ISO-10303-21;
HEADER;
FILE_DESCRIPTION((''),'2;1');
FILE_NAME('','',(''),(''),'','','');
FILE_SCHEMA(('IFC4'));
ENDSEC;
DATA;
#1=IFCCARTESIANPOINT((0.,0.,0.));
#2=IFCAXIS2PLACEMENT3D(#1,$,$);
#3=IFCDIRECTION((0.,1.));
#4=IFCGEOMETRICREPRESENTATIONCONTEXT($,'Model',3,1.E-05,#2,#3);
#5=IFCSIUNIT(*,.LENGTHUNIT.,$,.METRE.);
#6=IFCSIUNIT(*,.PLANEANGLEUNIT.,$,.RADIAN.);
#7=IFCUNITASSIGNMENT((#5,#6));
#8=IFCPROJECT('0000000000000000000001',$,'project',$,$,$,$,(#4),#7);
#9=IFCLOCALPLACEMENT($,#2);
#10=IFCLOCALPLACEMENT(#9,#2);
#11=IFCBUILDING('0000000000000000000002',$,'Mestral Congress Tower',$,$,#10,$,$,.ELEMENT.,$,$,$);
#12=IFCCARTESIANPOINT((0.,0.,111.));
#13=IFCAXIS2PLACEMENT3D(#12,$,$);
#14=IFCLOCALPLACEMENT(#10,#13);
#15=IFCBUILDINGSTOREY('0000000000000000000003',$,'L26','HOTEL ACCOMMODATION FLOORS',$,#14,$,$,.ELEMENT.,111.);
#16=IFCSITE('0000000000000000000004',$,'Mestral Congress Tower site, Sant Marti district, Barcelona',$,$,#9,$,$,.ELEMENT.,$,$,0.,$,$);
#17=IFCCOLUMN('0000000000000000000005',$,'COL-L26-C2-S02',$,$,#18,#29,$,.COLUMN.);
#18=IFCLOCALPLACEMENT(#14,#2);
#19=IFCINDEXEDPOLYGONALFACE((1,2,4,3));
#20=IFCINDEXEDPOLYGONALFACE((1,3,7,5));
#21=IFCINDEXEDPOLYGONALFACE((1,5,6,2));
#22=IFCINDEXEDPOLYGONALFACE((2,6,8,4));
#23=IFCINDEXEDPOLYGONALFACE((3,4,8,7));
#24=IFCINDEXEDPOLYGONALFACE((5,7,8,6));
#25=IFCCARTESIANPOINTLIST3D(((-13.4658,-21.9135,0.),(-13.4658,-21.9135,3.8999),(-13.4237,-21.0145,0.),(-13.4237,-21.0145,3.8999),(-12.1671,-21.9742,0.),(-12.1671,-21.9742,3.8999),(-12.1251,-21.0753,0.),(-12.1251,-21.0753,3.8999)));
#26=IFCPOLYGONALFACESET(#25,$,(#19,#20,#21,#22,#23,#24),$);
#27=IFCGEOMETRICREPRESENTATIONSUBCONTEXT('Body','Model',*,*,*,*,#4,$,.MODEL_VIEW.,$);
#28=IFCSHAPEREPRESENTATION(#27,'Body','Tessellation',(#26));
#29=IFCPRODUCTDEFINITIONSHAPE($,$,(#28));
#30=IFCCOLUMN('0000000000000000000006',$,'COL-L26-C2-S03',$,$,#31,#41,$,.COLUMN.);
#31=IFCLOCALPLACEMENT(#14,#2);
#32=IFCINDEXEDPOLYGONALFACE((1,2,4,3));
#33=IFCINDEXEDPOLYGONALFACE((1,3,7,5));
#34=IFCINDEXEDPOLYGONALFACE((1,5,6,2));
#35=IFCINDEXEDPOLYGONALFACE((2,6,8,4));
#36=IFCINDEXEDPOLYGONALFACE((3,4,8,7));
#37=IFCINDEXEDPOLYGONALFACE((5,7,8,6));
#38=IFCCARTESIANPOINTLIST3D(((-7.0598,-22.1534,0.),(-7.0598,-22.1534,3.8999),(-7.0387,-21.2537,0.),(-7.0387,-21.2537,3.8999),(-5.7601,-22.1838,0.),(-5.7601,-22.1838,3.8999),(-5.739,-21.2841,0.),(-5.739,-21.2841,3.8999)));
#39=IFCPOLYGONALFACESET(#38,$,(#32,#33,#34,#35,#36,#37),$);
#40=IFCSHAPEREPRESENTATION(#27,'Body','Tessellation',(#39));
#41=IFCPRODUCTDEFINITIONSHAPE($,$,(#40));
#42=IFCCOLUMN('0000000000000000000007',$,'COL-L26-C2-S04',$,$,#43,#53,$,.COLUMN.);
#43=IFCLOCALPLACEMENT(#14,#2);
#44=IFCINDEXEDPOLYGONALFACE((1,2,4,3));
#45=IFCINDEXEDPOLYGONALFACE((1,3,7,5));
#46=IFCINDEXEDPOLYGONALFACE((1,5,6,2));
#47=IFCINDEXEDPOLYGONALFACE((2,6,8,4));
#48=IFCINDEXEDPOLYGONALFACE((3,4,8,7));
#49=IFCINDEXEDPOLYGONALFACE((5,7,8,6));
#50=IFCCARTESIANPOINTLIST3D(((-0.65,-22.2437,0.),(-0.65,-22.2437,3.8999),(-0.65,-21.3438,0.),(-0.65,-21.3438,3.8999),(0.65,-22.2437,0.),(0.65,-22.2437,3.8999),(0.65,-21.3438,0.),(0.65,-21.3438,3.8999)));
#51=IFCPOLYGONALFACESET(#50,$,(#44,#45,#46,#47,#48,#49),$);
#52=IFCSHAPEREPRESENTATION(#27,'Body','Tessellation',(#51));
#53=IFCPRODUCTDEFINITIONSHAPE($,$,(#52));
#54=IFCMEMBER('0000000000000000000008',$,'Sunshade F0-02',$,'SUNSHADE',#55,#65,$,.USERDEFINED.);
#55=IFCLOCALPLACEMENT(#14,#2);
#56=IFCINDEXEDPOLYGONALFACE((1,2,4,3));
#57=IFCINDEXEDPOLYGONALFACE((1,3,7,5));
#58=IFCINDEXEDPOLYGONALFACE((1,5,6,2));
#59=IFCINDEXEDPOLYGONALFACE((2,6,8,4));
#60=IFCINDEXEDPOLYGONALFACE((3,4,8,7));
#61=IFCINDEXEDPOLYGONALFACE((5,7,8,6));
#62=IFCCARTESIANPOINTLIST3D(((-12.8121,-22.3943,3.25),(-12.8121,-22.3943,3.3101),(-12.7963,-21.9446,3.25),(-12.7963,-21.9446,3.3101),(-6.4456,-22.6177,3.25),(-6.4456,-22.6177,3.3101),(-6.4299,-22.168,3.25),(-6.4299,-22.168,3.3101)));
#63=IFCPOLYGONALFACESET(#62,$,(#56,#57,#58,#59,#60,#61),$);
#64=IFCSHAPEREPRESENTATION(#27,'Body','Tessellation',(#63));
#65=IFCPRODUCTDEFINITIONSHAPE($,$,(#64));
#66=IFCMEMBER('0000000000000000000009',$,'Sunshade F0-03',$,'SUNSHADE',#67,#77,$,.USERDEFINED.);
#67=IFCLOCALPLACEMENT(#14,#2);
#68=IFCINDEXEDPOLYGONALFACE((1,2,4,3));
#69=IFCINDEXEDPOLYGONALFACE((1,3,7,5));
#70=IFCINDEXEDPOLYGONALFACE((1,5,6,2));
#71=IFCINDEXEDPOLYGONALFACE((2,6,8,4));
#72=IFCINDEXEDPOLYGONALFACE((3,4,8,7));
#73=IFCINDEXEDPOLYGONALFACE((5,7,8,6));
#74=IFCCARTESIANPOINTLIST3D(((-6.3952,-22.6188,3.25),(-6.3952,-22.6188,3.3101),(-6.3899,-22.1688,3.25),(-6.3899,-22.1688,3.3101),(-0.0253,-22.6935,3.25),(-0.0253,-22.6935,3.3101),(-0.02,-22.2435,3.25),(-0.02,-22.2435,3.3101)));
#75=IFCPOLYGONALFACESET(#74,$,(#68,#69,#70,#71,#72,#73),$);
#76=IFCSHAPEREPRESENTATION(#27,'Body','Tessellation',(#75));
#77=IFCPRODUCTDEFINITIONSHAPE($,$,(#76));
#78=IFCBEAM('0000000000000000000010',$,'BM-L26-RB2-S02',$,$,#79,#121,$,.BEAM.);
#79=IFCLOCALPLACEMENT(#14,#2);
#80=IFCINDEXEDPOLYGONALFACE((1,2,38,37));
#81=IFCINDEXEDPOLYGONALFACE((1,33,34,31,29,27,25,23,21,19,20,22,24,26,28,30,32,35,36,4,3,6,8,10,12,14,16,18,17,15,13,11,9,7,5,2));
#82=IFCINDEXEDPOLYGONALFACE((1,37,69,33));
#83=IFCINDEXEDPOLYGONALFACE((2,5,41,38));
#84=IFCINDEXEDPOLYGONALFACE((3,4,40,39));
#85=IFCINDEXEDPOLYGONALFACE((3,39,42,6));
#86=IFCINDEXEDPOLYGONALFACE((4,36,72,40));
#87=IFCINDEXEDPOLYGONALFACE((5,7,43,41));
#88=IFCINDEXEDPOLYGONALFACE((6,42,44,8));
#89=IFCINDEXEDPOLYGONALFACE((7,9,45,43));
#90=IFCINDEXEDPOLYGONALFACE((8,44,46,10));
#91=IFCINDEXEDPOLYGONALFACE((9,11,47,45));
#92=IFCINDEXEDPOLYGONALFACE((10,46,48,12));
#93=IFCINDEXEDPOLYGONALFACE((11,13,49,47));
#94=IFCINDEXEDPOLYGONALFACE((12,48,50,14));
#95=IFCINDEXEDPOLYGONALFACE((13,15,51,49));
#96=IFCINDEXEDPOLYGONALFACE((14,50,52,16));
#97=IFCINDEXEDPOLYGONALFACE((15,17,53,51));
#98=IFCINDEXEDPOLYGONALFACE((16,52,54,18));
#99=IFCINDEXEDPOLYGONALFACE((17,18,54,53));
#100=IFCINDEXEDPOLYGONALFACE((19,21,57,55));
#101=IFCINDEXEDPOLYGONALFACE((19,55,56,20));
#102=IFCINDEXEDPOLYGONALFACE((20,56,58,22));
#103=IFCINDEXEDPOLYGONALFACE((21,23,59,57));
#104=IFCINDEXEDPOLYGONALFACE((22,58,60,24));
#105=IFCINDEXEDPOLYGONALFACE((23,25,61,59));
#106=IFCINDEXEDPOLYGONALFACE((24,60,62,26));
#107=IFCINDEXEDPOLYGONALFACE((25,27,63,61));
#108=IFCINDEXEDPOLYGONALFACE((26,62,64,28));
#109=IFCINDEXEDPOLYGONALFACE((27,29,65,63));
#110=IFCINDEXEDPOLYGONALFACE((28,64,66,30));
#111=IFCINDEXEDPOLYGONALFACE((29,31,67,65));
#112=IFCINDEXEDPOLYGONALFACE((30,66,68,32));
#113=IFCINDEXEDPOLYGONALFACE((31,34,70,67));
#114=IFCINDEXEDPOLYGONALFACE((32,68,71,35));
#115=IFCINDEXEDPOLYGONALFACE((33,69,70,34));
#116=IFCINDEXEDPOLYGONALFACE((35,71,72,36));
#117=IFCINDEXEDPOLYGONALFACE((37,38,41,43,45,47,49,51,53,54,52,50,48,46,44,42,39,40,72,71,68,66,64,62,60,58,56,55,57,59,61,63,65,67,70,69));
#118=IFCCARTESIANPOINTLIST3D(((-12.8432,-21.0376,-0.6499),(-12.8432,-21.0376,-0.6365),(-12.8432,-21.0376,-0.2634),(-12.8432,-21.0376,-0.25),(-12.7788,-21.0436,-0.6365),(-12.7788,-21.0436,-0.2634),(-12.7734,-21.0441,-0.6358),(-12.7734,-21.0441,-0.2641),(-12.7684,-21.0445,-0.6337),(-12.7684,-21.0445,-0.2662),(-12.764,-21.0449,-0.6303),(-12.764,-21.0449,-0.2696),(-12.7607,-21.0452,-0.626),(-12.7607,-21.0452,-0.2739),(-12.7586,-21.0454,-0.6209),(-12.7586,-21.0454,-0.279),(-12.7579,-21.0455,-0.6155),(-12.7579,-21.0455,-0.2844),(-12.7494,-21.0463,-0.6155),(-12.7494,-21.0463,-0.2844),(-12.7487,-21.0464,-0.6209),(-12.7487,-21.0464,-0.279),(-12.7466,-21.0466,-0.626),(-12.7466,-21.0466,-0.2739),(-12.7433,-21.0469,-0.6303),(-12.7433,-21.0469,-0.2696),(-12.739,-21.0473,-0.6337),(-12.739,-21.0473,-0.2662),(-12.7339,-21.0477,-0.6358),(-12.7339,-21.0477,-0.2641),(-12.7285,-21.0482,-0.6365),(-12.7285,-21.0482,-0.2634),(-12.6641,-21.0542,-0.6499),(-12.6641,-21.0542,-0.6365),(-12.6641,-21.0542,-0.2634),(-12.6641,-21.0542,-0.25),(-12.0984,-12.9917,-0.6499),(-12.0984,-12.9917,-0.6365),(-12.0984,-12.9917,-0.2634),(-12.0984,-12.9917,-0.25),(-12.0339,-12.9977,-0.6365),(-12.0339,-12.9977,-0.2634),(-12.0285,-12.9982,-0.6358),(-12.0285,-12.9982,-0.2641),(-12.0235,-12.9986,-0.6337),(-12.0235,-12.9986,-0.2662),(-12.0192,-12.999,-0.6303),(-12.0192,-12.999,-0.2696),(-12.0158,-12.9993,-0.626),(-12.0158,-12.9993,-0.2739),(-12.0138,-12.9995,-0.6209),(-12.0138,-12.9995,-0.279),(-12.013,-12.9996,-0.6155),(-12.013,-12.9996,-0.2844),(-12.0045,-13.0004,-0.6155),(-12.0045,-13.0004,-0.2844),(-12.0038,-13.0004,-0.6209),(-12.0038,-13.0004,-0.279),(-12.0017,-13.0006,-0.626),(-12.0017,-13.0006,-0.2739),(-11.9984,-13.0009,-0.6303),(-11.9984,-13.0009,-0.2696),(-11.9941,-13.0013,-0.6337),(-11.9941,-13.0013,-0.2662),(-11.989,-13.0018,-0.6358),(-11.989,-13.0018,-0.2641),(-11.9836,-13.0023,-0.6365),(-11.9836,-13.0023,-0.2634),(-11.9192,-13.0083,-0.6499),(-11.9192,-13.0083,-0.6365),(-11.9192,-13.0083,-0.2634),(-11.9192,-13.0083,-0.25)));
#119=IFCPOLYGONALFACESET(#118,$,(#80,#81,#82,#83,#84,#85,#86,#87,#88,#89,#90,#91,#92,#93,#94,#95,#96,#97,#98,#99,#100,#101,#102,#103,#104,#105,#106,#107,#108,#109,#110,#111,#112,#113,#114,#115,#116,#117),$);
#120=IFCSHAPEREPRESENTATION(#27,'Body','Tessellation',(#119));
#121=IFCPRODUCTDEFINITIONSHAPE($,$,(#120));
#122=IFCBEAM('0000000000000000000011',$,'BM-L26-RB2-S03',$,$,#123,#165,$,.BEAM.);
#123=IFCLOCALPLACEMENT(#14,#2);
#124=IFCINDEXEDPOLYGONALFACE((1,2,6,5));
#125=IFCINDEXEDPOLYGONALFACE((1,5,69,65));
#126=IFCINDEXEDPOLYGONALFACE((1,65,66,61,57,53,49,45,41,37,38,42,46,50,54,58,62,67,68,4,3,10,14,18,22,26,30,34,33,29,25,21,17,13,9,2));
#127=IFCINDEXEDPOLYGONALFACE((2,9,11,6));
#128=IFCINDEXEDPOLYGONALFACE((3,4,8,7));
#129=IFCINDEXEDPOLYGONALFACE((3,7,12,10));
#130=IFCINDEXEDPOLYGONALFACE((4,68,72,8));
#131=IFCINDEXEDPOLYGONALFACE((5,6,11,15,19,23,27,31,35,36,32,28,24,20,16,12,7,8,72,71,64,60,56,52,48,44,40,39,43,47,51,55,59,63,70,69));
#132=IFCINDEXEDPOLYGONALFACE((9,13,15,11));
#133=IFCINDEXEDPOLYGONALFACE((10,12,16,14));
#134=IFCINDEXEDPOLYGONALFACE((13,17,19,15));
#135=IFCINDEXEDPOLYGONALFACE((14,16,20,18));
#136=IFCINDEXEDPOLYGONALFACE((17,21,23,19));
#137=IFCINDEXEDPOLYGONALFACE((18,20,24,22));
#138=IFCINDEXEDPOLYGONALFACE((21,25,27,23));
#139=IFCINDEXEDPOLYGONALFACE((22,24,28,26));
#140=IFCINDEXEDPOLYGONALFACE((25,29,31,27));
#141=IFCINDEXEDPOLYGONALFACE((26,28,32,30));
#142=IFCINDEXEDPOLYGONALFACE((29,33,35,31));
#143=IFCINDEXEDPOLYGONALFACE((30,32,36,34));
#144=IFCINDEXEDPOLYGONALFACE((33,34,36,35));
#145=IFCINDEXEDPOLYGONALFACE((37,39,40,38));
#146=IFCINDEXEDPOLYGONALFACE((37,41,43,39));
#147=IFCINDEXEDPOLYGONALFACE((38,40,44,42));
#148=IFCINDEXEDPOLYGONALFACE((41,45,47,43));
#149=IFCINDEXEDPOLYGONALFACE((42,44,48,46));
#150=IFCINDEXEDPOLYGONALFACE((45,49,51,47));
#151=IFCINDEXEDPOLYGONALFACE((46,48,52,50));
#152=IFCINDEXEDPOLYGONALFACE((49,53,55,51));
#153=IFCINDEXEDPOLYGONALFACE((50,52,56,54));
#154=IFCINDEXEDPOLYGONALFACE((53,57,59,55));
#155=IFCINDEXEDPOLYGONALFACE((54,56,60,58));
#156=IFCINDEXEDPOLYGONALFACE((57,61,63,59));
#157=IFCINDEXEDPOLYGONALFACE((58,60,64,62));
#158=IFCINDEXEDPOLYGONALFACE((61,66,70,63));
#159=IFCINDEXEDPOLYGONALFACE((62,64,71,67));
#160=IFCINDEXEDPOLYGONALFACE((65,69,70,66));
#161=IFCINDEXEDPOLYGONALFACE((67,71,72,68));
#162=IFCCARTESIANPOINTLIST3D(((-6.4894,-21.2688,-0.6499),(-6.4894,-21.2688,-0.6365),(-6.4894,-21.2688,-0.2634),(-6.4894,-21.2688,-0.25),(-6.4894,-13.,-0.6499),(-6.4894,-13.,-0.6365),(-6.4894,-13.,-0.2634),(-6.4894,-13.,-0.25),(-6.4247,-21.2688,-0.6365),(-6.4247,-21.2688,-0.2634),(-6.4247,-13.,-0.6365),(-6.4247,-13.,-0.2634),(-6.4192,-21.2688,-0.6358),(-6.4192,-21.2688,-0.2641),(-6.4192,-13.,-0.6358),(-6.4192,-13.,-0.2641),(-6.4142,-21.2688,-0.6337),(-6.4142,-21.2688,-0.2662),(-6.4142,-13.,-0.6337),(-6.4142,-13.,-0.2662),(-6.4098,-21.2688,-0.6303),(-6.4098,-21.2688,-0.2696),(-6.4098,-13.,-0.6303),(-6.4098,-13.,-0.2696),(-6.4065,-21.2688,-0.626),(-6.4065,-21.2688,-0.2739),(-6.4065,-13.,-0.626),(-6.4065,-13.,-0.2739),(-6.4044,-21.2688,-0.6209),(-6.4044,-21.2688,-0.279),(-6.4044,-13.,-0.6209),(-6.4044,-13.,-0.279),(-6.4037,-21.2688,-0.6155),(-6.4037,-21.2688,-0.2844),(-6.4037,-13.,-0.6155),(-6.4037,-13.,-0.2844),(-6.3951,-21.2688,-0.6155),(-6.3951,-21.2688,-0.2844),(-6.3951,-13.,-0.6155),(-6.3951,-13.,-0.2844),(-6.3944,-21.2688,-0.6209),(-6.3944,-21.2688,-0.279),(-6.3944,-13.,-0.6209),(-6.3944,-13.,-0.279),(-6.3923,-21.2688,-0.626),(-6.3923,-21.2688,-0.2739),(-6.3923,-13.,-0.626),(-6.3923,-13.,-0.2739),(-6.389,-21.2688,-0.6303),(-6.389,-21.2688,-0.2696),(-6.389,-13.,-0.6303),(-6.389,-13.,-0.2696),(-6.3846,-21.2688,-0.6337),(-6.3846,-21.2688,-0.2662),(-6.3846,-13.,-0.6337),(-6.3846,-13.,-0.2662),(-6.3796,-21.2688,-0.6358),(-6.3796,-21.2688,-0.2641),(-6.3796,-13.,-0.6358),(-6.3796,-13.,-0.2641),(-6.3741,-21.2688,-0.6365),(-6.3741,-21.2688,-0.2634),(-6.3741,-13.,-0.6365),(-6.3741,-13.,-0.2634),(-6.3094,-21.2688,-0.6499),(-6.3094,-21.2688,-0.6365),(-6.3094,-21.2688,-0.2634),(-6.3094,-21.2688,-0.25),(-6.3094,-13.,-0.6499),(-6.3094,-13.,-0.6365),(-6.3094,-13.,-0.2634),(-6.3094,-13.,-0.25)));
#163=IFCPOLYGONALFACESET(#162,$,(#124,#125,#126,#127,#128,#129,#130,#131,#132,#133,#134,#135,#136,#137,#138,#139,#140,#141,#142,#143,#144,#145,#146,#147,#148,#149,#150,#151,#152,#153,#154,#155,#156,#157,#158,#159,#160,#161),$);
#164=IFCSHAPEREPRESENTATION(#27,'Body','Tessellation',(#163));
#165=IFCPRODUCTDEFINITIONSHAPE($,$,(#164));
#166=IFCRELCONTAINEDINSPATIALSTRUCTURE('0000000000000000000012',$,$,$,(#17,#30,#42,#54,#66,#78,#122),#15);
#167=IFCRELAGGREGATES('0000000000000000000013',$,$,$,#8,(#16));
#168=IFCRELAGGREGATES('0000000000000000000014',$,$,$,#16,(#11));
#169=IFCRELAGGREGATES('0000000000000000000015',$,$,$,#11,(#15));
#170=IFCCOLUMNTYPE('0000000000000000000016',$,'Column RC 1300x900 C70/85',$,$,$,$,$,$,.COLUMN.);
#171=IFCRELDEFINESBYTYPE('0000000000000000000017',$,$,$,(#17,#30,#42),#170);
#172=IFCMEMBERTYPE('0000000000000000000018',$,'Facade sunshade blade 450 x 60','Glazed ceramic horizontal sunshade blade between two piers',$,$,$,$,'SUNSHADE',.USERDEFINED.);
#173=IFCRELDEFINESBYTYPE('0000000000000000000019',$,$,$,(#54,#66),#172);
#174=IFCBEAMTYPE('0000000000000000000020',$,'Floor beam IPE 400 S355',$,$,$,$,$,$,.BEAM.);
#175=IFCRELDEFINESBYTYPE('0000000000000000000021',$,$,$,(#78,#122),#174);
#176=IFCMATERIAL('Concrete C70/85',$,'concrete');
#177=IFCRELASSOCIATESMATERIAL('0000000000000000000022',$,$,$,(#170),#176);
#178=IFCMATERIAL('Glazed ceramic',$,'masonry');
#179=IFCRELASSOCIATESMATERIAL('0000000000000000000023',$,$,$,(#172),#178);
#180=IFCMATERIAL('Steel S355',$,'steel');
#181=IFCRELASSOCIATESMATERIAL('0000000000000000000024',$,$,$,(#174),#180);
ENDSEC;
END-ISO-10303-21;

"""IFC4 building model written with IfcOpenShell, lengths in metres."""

from ifc_helpers import new_model, si_unit, direction, frame, origin, origin_2d, place, context, subcontext, project, spatial, rectangle, i_section, extrude, material, material_profile, profile_set, type_object, element, save


model = new_model("IFC4")

# Units and contexts
model_context = context("Model", 3, precision=1e-05, world=origin(), true_north=direction((0.0, 1.0)))
body_context = subcontext(model_context, "Body", "Model", "MODEL_VIEW")
ifc_project = project(units=[si_unit("LENGTHUNIT", "METRE"), si_unit("PLANEANGLEUNIT", "RADIAN")], contexts=[model_context])

# Site, building, storey
site_placement = place(None, origin())
site = spatial("IfcSite", under=ifc_project, at=site_placement, Name="Mestral Congress Tower site, Sant Marti district, Barcelona", CompositionType="ELEMENT", RefElevation=0.0)
building_placement = place(site_placement, origin())
building = spatial("IfcBuilding", under=site, at=building_placement, Name="Mestral Congress Tower", CompositionType="ELEMENT")
storey_placement = place(building_placement, frame((0.0, 0.0, 111.0)))
storey = spatial("IfcBuildingStorey", under=building, at=storey_placement, Name="L26", Description="HOTEL ACCOMMODATION FLOORS", CompositionType="ELEMENT", Elevation=111.0)

# Columns
ifc_material_1 = material(Name="Concrete C70/85", Category="concrete")
ifc_material_profile_1 = material_profile(ifc_material_1, rectangle(XDim=1.3, YDim=0.8999, at=origin_2d()), Name="RC 1300x900")
ifc_profile_set_1 = profile_set([ifc_material_profile_1], Name="Concrete C70/85")
column_type = type_object("IfcColumnType", Name="Column RC 1300x900 C70/85", PredefinedType="COLUMN", material=ifc_profile_set_1)
for number, where, z_axis, x_axis, name in (
    (1, (-12.7954, -21.4944, 0.0), (0.0, 0.0, 1.0), (0.998906, -0.046756, 0.0), "COL-L26-C2-S02"),
    (2, (-6.3994, -21.7188, 0.0), (0.0, 0.0, 1.0), (0.999727, -0.023384, 0.0), "COL-L26-C2-S03"),
    (3, (0.0, -21.7937, 0.0), (0.0, 0.0, 1.0), (1.0, 0.0, 0.0), "COL-L26-C2-S04"),
):
    element("IfcColumn", number, at=place(storey_placement, frame(where, z_axis=z_axis, x_axis=x_axis)), inside=storey, type_object=column_type, Name=name, PredefinedType="COLUMN", context=body_context, shape_type="SweptSolid", body=[
        extrude(rectangle(XDim=1.3, YDim=0.8999, at=origin_2d()), origin(), (0.0, 0.0, 1.0), 3.8999),
    ])

# Members
ifc_material_2 = material(Name="Glazed ceramic", Category="masonry")
ifc_material_profile_2 = material_profile(ifc_material_2, rectangle(XDim=0.45, YDim=0.0601, at=origin_2d()), Name="Ceramic blade 450 x 60")
ifc_profile_set_2 = profile_set([ifc_material_profile_2], Name="Glazed ceramic")
member_type = type_object("IfcMemberType", Name="Facade sunshade blade 450 x 60", Description="Glazed ceramic horizontal sunshade blade between two piers", ElementType="SUNSHADE", PredefinedType="USERDEFINED", material=ifc_profile_set_2)
for number, where, z_axis, x_axis, name in (
    (4, (-12.8042, -22.1694, 3.28), (0.999385, -0.035067, 0.0), (0.035067, 0.999385, 0.0), "Sunshade F0-02"),
    (5, (-6.3926, -22.3938, 3.28), (0.999931, -0.011727, 0.0), (0.011727, 0.999931, 0.0), "Sunshade F0-03"),
):
    element("IfcMember", number, at=place(storey_placement, frame(where, z_axis=z_axis, x_axis=x_axis)), inside=storey, type_object=member_type, Name=name, ObjectType="SUNSHADE", PredefinedType="USERDEFINED", context=body_context, shape_type="SweptSolid", body=[
        extrude(rectangle(XDim=0.45, YDim=0.0601, at=origin_2d()), origin(), (0.0, 0.0, 1.0), 6.3704),
    ])

# Beams
ifc_material_3 = material(Name="Steel S355", Category="steel")
ifc_material_profile_3 = material_profile(ifc_material_3, i_section(OverallWidth=0.1799, OverallDepth=0.3999, WebThickness=0.0085, FlangeThickness=0.0134, FilletRadius=0.021, at=origin_2d()), Name="IPE 400")
ifc_profile_set_3 = profile_set([ifc_material_profile_3], Name="Steel S355")
beam_type_1 = type_object("IfcBeamType", Name="Floor beam IPE 400 S355", PredefinedType="BEAM", material=ifc_profile_set_3)
beam_1_placement = place(storey_placement, frame((-12.7537, -21.0459, -0.45), z_axis=(0.092184, 0.995742, 0.0), x_axis=(-0.995742, 0.092184, 0.0)))
element("IfcBeam", 6, at=beam_1_placement, inside=storey, type_object=beam_type_1, Name="BM-L26-RB2-S02", PredefinedType="BEAM", context=body_context, shape_type="SweptSolid", body=[
    extrude(i_section(OverallWidth=0.1799, OverallDepth=0.3999, WebThickness=0.0085, FlangeThickness=0.0134, FilletRadius=0.021, at=origin_2d()), origin(), (0.0, 0.0, 1.0), 8.0803),
])
beam_2_placement = place(storey_placement, frame((-6.3994, -21.2688, -0.45), z_axis=(0.0, 1.0, 0.0), x_axis=(-1.0, 0.0, 0.0)))
element("IfcBeam", 7, at=beam_2_placement, inside=storey, type_object=beam_type_1, Name="BM-L26-RB2-S03", PredefinedType="BEAM", context=body_context, shape_type="SweptSolid", body=[
    extrude(i_section(OverallWidth=0.1799, OverallDepth=0.3999, WebThickness=0.0085, FlangeThickness=0.0134, FilletRadius=0.021, at=origin_2d()), origin(), (0.0, 0.0, 1.0), 8.2688),
])

save(model, "model.ifc")
